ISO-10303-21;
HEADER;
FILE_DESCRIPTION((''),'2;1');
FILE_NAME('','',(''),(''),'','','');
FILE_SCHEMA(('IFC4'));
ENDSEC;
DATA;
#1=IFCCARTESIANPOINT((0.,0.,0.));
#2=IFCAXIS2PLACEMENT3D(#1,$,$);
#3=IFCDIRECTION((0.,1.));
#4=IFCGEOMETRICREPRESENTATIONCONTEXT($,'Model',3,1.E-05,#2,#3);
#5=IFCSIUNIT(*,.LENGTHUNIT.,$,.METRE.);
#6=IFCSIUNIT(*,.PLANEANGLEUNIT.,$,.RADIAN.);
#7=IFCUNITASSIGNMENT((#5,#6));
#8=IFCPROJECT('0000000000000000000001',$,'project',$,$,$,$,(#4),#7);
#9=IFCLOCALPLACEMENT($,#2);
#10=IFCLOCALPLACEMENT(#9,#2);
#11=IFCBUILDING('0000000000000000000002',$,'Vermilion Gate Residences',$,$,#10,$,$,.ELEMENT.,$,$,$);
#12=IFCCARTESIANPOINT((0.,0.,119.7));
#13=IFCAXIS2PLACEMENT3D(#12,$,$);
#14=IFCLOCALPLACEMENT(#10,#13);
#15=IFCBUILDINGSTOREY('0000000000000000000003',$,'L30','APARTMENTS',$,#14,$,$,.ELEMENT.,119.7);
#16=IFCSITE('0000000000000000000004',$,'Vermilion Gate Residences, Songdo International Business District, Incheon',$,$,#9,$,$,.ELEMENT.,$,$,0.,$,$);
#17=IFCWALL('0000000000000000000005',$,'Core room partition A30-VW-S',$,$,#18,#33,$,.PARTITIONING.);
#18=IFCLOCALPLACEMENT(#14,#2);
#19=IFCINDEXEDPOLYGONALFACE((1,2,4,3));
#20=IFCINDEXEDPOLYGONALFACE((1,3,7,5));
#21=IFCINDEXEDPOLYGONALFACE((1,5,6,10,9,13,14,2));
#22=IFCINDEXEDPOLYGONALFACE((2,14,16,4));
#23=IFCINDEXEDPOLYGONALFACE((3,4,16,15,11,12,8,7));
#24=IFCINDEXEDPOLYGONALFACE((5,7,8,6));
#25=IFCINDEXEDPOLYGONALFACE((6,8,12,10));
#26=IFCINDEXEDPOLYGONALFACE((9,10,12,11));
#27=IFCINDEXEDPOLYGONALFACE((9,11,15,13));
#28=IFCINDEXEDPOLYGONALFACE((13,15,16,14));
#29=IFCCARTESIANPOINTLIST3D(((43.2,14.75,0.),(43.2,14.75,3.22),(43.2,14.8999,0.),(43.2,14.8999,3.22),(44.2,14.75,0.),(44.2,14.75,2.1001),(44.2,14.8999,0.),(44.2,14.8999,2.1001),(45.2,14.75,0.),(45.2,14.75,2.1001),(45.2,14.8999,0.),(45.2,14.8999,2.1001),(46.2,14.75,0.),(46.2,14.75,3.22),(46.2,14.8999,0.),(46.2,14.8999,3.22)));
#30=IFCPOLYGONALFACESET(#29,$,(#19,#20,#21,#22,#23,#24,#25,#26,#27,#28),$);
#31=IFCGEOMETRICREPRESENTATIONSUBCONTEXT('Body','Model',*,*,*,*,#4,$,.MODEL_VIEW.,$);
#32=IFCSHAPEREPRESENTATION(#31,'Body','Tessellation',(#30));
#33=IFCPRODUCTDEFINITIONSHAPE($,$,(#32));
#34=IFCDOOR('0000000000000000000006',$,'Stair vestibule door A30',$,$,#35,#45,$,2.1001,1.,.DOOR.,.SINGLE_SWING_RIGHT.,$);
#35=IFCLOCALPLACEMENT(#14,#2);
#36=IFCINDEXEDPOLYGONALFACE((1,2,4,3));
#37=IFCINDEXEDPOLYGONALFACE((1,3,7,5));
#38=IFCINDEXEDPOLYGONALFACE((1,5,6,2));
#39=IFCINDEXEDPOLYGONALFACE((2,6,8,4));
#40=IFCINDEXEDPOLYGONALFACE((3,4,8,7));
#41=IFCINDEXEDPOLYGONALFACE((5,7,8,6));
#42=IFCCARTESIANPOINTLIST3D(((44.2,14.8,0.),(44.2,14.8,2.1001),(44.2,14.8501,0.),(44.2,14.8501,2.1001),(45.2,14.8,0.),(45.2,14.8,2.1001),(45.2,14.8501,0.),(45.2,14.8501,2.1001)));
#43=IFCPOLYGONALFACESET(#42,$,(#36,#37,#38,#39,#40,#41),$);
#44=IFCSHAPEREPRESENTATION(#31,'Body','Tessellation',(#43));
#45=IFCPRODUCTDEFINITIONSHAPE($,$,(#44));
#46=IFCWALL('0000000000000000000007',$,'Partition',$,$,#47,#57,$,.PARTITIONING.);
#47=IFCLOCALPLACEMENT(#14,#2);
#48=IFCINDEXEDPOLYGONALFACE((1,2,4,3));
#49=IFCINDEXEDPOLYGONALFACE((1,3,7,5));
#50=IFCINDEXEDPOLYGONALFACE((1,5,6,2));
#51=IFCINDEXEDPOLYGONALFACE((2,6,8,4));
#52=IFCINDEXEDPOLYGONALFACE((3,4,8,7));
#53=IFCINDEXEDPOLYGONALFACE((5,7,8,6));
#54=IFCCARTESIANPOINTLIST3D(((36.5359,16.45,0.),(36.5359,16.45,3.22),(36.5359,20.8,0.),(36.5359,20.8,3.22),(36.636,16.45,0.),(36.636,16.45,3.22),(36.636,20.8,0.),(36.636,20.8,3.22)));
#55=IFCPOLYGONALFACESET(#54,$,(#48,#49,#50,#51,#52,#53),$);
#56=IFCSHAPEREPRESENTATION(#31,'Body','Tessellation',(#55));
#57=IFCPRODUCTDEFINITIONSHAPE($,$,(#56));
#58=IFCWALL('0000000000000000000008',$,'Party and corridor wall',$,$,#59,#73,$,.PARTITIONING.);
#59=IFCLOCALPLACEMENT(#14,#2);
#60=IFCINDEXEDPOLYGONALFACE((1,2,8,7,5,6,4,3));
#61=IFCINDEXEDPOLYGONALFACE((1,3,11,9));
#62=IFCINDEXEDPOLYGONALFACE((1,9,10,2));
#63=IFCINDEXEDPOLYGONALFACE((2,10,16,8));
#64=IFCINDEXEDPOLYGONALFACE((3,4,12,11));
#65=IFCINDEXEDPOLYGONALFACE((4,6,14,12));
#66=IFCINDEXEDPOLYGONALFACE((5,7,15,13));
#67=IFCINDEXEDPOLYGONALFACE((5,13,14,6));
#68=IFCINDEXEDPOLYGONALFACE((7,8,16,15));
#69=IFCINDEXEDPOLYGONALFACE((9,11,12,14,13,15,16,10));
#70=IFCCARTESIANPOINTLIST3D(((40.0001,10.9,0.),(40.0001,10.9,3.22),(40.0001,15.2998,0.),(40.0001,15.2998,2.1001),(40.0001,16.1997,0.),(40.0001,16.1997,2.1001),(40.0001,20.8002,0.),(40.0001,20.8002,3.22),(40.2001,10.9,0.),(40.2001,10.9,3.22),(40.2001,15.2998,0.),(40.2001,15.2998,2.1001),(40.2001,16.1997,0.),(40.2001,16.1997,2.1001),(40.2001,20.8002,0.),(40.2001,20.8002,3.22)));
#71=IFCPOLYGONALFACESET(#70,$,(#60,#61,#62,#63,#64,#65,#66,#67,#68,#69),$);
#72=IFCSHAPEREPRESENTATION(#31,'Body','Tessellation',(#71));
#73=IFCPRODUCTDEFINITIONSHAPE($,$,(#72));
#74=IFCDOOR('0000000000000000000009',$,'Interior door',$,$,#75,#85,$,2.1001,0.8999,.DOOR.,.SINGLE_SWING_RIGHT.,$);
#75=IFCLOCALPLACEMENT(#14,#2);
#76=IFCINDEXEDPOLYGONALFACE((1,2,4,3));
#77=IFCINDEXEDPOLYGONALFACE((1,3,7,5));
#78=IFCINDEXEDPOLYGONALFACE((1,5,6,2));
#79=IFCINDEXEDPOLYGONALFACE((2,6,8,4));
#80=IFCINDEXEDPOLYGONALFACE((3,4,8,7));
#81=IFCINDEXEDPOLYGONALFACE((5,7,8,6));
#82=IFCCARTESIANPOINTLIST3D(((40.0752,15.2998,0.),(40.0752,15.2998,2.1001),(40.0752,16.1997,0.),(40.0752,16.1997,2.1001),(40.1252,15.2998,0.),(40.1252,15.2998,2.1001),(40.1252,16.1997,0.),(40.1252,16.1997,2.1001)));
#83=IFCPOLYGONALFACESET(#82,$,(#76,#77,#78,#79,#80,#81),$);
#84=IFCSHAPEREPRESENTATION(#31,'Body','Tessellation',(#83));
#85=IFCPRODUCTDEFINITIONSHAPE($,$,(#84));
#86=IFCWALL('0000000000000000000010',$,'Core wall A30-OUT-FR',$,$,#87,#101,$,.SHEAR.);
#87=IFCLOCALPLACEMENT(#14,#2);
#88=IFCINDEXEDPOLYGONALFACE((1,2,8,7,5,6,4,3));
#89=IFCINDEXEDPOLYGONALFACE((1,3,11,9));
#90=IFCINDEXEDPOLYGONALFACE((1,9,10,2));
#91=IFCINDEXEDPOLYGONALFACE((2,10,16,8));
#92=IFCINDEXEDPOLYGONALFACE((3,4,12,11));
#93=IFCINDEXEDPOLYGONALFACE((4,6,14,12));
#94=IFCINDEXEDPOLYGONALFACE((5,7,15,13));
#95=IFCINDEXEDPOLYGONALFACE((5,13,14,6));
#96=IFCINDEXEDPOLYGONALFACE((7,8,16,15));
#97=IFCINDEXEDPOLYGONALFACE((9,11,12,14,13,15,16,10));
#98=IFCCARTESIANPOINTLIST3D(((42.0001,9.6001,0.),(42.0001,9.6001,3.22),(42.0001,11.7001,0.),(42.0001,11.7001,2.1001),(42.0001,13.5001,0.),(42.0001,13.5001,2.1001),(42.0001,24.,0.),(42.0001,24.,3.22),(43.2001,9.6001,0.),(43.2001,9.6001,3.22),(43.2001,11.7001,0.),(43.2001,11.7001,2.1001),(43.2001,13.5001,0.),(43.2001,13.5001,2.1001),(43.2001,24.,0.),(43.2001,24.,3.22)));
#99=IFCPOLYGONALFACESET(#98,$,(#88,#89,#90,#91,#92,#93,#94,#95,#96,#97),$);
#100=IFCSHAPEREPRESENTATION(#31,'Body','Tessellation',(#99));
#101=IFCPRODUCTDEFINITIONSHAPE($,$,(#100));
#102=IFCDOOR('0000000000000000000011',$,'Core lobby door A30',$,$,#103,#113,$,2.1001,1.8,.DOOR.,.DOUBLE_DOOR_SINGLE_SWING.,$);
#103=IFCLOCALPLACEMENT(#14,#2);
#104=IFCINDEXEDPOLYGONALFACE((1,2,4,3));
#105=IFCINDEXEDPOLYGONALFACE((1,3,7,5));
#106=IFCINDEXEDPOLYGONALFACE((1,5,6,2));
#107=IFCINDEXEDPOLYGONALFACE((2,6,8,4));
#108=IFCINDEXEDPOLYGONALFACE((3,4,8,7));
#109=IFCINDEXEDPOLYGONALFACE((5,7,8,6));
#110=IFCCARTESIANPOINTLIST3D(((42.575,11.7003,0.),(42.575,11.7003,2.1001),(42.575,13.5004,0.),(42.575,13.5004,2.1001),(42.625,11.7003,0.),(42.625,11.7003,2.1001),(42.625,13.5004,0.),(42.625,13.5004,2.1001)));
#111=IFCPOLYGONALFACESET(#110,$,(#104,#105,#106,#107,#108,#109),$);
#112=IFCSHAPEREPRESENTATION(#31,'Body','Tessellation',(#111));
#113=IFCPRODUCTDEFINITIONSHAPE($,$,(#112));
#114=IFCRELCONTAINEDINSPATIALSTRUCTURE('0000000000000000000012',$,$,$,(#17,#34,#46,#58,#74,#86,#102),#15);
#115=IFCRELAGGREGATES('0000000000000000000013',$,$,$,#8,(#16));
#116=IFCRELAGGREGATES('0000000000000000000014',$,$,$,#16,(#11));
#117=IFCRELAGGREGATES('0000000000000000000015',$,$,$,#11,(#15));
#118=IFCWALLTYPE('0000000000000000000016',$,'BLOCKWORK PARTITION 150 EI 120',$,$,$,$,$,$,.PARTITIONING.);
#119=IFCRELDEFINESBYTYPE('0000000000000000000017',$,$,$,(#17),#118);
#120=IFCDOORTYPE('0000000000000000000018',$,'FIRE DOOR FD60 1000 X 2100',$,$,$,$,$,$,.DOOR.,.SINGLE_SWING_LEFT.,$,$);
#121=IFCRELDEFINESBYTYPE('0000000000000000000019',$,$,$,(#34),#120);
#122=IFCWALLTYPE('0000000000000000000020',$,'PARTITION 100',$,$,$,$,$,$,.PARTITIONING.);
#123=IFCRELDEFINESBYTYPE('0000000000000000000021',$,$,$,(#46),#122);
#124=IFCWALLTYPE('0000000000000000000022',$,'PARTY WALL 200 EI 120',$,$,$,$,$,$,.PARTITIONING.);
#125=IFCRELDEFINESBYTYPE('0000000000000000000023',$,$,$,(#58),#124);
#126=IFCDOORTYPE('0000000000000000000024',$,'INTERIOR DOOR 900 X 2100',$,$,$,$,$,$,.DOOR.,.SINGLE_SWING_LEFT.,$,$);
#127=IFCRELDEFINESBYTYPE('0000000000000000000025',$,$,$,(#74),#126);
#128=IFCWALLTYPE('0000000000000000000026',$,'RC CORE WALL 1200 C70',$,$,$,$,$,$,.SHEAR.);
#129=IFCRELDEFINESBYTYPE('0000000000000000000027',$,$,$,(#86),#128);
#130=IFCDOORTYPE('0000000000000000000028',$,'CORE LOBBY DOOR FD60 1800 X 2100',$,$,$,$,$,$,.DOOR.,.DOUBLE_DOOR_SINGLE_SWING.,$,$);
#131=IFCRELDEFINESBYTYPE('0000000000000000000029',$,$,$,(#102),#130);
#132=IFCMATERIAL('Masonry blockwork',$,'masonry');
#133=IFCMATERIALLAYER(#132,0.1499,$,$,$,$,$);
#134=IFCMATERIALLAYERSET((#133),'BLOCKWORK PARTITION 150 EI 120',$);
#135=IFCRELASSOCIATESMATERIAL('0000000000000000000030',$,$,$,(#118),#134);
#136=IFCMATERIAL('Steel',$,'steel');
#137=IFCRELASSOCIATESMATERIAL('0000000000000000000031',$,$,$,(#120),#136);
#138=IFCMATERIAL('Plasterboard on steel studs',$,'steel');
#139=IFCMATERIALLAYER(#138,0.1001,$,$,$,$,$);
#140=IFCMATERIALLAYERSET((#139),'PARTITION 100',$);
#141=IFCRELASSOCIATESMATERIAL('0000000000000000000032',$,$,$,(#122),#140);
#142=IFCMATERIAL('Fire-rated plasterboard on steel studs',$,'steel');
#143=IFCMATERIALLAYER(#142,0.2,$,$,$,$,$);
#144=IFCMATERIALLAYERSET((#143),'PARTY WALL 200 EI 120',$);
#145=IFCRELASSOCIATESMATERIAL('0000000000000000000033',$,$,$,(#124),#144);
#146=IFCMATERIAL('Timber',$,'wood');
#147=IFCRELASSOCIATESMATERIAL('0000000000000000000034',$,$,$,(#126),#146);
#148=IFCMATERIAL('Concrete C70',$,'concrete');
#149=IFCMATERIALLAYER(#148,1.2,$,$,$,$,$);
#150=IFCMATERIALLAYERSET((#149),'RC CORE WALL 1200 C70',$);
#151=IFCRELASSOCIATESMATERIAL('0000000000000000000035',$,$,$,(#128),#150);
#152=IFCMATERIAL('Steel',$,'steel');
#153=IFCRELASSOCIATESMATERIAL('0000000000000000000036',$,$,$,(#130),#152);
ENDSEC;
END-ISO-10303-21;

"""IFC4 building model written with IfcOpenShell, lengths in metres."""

from ifc_helpers import new_model, si_unit, direction, frame, frame_2d, origin, place, context, subcontext, project, spatial, rectangle, extrude, material, layer, layer_set, type_object, element, fill, save


model = new_model("IFC4")

# Units and contexts
model_context = context("Model", 3, precision=1e-05, world=origin(), true_north=direction((0.0, 1.0)))
body_context = subcontext(model_context, "Body", "Model", "MODEL_VIEW")
ifc_project = project(units=[si_unit("LENGTHUNIT", "METRE"), si_unit("PLANEANGLEUNIT", "RADIAN")], contexts=[model_context])

# Site, building, storey
site_placement = place(None, origin())
site = spatial("IfcSite", under=ifc_project, at=site_placement, Name="Vermilion Gate Residences, Songdo International Business District, Incheon", CompositionType="ELEMENT", RefElevation=0.0)
building_placement = place(site_placement, origin())
building = spatial("IfcBuilding", under=site, at=building_placement, Name="Vermilion Gate Residences", CompositionType="ELEMENT")
storey_placement = place(building_placement, frame((0.0, 0.0, 119.7)))
storey = spatial("IfcBuildingStorey", under=building, at=storey_placement, Name="L30", Description="APARTMENTS", CompositionType="ELEMENT", Elevation=119.7)

# Wall, opening, door
ifc_material_1 = material(Name="Masonry blockwork", Category="masonry")
ifc_layer_1 = layer(ifc_material_1, 0.1499)
ifc_layer_set_1 = layer_set([ifc_layer_1], Name="BLOCKWORK PARTITION 150 EI 120")
wall_type_1 = type_object("IfcWallType", Name="BLOCKWORK PARTITION 150 EI 120", PredefinedType="PARTITIONING", material=ifc_layer_set_1)
wall_1_placement = place(storey_placement, frame((43.2, 14.825, 0.0), z_axis=(0.0, 0.0, 1.0), x_axis=(1.0, 0.0, 0.0)))
wall_1 = element("IfcWall", 1, at=wall_1_placement, inside=storey, type_object=wall_type_1, Name="Core room partition A30-VW-S", PredefinedType="PARTITIONING", context=body_context, shape_type="SweptSolid", body=[
    extrude(rectangle(XDim=3.0, YDim=0.1499, at=frame_2d((1.5, 0.0))), origin(), (0.0, 0.0, 1.0), 3.22),
])
opening_1_placement = place(wall_1_placement, frame((1.0, 0.0, 0.0)))
opening_1 = element("IfcOpeningElement", 2, at=opening_1_placement, cuts=wall_1, PredefinedType="OPENING", context=body_context, shape_type="SweptSolid", body=[
    extrude(rectangle(XDim=1.0, YDim=2.1001, at=frame_2d((0.5, 1.05))), frame((0.0, 0.085, 0.0), z_axis=(0.0, -1.0, 0.0), x_axis=(1.0, 0.0, 0.0)), (0.0, 0.0, 1.0), 0.1699),
])
ifc_material_2 = material(Name="Steel", Category="steel")
door_type_1 = type_object("IfcDoorType", Name="FIRE DOOR FD60 1000 X 2100", OperationType="SINGLE_SWING_LEFT", PredefinedType="DOOR", material=ifc_material_2)
door_1_placement = place(opening_1_placement, frame((1.0, 0.0, 0.0), z_axis=(0.0, 0.0, 1.0), x_axis=(-1.0, 0.0, 0.0)))
door_1 = element("IfcDoor", 3, at=door_1_placement, inside=storey, type_object=door_type_1, Name="Stair vestibule door A30", OperationType="SINGLE_SWING_RIGHT", OverallHeight=2.1001, OverallWidth=1.0, PredefinedType="DOOR", context=body_context, shape_type="SweptSolid", body=[
    extrude(rectangle(XDim=1.0, YDim=2.1001, at=frame_2d((0.5, 1.05))), frame((0.0, 0.0249, 0.0), z_axis=(0.0, -1.0, 0.0), x_axis=(1.0, 0.0, 0.0)), (0.0, 0.0, 1.0), 0.05),
])
fill(opening_1, door_1)

# Wall
ifc_material_3 = material(Name="Plasterboard on steel studs", Category="steel")
ifc_layer_2 = layer(ifc_material_3, 0.1001)
ifc_layer_set_2 = layer_set([ifc_layer_2], Name="PARTITION 100")
wall_type_2 = type_object("IfcWallType", Name="PARTITION 100", PredefinedType="PARTITIONING", material=ifc_layer_set_2)
wall_2_placement = place(storey_placement, frame((36.5859, 16.45, 0.0), z_axis=(0.0, 0.0, 1.0), x_axis=(0.0, 1.0, 0.0)))
element("IfcWall", 4, at=wall_2_placement, inside=storey, type_object=wall_type_2, Name="Partition", PredefinedType="PARTITIONING", context=body_context, shape_type="SweptSolid", body=[
    extrude(rectangle(XDim=4.3501, YDim=0.1001, at=frame_2d((2.175, 0.0))), origin(), (0.0, 0.0, 1.0), 3.22),
])

# Walls, openings, doors
ifc_material_4 = material(Name="Fire-rated plasterboard on steel studs", Category="steel")
ifc_layer_3 = layer(ifc_material_4, 0.2)
ifc_layer_set_3 = layer_set([ifc_layer_3], Name="PARTY WALL 200 EI 120")
wall_type_3 = type_object("IfcWallType", Name="PARTY WALL 200 EI 120", PredefinedType="PARTITIONING", material=ifc_layer_set_3)
wall_3_placement = place(storey_placement, frame((40.1001, 10.8999, 0.0), z_axis=(0.0, 0.0, 1.0), x_axis=(0.0, 1.0, 0.0)))
wall_3 = element("IfcWall", 5, at=wall_3_placement, inside=storey, type_object=wall_type_3, Name="Party and corridor wall", PredefinedType="PARTITIONING", context=body_context, shape_type="SweptSolid", body=[
    extrude(rectangle(XDim=9.9001, YDim=0.2, at=frame_2d((4.9502, 0.0))), origin(), (0.0, 0.0, 1.0), 3.22),
])
opening_2_placement = place(wall_3_placement, frame((4.3999, 0.0, 0.0)))
opening_2 = element("IfcOpeningElement", 6, at=opening_2_placement, cuts=wall_3, PredefinedType="OPENING", context=body_context, shape_type="SweptSolid", body=[
    extrude(rectangle(XDim=0.8999, YDim=2.1001, at=frame_2d((0.45, 1.05))), frame((0.0, 0.1099, 0.0), z_axis=(0.0, -1.0, 0.0), x_axis=(1.0, 0.0, 0.0)), (0.0, 0.0, 1.0), 0.22),
])
ifc_material_5 = material(Name="Timber", Category="wood")
door_type_2 = type_object("IfcDoorType", Name="INTERIOR DOOR 900 X 2100", OperationType="SINGLE_SWING_LEFT", PredefinedType="DOOR", material=ifc_material_5)
door_2_placement = place(opening_2_placement, origin())
door_2 = element("IfcDoor", 7, at=door_2_placement, inside=storey, type_object=door_type_2, Name="Interior door", OperationType="SINGLE_SWING_RIGHT", OverallHeight=2.1001, OverallWidth=0.8999, PredefinedType="DOOR", context=body_context, shape_type="SweptSolid", body=[
    extrude(rectangle(XDim=0.8999, YDim=2.1001, at=frame_2d((0.45, 1.05))), frame((0.0, 0.0249, 0.0), z_axis=(0.0, -1.0, 0.0), x_axis=(1.0, 0.0, 0.0)), (0.0, 0.0, 1.0), 0.05),
])
fill(opening_2, door_2)
ifc_material_6 = material(Name="Concrete C70", Category="concrete")
ifc_layer_4 = layer(ifc_material_6, 1.2)
ifc_layer_set_4 = layer_set([ifc_layer_4], Name="RC CORE WALL 1200 C70")
wall_type_4 = type_object("IfcWallType", Name="RC CORE WALL 1200 C70", PredefinedType="SHEAR", material=ifc_layer_set_4)
wall_4_placement = place(storey_placement, frame((42.6001, 9.6001, 0.0), z_axis=(0.0, 0.0, 1.0), x_axis=(0.0, 1.0, 0.0)))
wall_4 = element("IfcWall", 8, at=wall_4_placement, inside=storey, type_object=wall_type_4, Name="Core wall A30-OUT-FR", PredefinedType="SHEAR", context=body_context, shape_type="SweptSolid", body=[
    extrude(rectangle(XDim=14.3999, YDim=1.2, at=frame_2d((7.2, 0.0))), origin(), (0.0, 0.0, 1.0), 3.22),
])
opening_3_placement = place(wall_4_placement, frame((2.1001, 0.0, 0.0)))
opening_3 = element("IfcOpeningElement", 9, at=opening_3_placement, cuts=wall_4, PredefinedType="OPENING", context=body_context, shape_type="SweptSolid", body=[
    extrude(rectangle(XDim=1.8, YDim=2.1001, at=frame_2d((0.8999, 1.05))), frame((0.0, 0.6099, 0.0), z_axis=(0.0, -1.0, 0.0), x_axis=(1.0, 0.0, 0.0)), (0.0, 0.0, 1.0), 1.22),
])
ifc_material_7 = material(Name="Steel", Category="steel")
door_type_3 = type_object("IfcDoorType", Name="CORE LOBBY DOOR FD60 1800 X 2100", OperationType="DOUBLE_DOOR_SINGLE_SWING", PredefinedType="DOOR", material=ifc_material_7)
door_3_placement = place(opening_3_placement, frame((1.8, 0.0, 0.0), z_axis=(0.0, 0.0, 1.0), x_axis=(-1.0, 0.0, 0.0)))
door_3 = element("IfcDoor", 10, at=door_3_placement, inside=storey, type_object=door_type_3, Name="Core lobby door A30", OperationType="DOUBLE_DOOR_SINGLE_SWING", OverallHeight=2.1001, OverallWidth=1.8, PredefinedType="DOOR", context=body_context, shape_type="SweptSolid", body=[
    extrude(rectangle(XDim=1.8, YDim=2.1001, at=frame_2d((0.8999, 1.05))), frame((0.0, 0.0249, 0.0), z_axis=(0.0, -1.0, 0.0), x_axis=(1.0, 0.0, 0.0)), (0.0, 0.0, 1.0), 0.05),
])
fill(opening_3, door_3)

save(model, "model.ifc")
